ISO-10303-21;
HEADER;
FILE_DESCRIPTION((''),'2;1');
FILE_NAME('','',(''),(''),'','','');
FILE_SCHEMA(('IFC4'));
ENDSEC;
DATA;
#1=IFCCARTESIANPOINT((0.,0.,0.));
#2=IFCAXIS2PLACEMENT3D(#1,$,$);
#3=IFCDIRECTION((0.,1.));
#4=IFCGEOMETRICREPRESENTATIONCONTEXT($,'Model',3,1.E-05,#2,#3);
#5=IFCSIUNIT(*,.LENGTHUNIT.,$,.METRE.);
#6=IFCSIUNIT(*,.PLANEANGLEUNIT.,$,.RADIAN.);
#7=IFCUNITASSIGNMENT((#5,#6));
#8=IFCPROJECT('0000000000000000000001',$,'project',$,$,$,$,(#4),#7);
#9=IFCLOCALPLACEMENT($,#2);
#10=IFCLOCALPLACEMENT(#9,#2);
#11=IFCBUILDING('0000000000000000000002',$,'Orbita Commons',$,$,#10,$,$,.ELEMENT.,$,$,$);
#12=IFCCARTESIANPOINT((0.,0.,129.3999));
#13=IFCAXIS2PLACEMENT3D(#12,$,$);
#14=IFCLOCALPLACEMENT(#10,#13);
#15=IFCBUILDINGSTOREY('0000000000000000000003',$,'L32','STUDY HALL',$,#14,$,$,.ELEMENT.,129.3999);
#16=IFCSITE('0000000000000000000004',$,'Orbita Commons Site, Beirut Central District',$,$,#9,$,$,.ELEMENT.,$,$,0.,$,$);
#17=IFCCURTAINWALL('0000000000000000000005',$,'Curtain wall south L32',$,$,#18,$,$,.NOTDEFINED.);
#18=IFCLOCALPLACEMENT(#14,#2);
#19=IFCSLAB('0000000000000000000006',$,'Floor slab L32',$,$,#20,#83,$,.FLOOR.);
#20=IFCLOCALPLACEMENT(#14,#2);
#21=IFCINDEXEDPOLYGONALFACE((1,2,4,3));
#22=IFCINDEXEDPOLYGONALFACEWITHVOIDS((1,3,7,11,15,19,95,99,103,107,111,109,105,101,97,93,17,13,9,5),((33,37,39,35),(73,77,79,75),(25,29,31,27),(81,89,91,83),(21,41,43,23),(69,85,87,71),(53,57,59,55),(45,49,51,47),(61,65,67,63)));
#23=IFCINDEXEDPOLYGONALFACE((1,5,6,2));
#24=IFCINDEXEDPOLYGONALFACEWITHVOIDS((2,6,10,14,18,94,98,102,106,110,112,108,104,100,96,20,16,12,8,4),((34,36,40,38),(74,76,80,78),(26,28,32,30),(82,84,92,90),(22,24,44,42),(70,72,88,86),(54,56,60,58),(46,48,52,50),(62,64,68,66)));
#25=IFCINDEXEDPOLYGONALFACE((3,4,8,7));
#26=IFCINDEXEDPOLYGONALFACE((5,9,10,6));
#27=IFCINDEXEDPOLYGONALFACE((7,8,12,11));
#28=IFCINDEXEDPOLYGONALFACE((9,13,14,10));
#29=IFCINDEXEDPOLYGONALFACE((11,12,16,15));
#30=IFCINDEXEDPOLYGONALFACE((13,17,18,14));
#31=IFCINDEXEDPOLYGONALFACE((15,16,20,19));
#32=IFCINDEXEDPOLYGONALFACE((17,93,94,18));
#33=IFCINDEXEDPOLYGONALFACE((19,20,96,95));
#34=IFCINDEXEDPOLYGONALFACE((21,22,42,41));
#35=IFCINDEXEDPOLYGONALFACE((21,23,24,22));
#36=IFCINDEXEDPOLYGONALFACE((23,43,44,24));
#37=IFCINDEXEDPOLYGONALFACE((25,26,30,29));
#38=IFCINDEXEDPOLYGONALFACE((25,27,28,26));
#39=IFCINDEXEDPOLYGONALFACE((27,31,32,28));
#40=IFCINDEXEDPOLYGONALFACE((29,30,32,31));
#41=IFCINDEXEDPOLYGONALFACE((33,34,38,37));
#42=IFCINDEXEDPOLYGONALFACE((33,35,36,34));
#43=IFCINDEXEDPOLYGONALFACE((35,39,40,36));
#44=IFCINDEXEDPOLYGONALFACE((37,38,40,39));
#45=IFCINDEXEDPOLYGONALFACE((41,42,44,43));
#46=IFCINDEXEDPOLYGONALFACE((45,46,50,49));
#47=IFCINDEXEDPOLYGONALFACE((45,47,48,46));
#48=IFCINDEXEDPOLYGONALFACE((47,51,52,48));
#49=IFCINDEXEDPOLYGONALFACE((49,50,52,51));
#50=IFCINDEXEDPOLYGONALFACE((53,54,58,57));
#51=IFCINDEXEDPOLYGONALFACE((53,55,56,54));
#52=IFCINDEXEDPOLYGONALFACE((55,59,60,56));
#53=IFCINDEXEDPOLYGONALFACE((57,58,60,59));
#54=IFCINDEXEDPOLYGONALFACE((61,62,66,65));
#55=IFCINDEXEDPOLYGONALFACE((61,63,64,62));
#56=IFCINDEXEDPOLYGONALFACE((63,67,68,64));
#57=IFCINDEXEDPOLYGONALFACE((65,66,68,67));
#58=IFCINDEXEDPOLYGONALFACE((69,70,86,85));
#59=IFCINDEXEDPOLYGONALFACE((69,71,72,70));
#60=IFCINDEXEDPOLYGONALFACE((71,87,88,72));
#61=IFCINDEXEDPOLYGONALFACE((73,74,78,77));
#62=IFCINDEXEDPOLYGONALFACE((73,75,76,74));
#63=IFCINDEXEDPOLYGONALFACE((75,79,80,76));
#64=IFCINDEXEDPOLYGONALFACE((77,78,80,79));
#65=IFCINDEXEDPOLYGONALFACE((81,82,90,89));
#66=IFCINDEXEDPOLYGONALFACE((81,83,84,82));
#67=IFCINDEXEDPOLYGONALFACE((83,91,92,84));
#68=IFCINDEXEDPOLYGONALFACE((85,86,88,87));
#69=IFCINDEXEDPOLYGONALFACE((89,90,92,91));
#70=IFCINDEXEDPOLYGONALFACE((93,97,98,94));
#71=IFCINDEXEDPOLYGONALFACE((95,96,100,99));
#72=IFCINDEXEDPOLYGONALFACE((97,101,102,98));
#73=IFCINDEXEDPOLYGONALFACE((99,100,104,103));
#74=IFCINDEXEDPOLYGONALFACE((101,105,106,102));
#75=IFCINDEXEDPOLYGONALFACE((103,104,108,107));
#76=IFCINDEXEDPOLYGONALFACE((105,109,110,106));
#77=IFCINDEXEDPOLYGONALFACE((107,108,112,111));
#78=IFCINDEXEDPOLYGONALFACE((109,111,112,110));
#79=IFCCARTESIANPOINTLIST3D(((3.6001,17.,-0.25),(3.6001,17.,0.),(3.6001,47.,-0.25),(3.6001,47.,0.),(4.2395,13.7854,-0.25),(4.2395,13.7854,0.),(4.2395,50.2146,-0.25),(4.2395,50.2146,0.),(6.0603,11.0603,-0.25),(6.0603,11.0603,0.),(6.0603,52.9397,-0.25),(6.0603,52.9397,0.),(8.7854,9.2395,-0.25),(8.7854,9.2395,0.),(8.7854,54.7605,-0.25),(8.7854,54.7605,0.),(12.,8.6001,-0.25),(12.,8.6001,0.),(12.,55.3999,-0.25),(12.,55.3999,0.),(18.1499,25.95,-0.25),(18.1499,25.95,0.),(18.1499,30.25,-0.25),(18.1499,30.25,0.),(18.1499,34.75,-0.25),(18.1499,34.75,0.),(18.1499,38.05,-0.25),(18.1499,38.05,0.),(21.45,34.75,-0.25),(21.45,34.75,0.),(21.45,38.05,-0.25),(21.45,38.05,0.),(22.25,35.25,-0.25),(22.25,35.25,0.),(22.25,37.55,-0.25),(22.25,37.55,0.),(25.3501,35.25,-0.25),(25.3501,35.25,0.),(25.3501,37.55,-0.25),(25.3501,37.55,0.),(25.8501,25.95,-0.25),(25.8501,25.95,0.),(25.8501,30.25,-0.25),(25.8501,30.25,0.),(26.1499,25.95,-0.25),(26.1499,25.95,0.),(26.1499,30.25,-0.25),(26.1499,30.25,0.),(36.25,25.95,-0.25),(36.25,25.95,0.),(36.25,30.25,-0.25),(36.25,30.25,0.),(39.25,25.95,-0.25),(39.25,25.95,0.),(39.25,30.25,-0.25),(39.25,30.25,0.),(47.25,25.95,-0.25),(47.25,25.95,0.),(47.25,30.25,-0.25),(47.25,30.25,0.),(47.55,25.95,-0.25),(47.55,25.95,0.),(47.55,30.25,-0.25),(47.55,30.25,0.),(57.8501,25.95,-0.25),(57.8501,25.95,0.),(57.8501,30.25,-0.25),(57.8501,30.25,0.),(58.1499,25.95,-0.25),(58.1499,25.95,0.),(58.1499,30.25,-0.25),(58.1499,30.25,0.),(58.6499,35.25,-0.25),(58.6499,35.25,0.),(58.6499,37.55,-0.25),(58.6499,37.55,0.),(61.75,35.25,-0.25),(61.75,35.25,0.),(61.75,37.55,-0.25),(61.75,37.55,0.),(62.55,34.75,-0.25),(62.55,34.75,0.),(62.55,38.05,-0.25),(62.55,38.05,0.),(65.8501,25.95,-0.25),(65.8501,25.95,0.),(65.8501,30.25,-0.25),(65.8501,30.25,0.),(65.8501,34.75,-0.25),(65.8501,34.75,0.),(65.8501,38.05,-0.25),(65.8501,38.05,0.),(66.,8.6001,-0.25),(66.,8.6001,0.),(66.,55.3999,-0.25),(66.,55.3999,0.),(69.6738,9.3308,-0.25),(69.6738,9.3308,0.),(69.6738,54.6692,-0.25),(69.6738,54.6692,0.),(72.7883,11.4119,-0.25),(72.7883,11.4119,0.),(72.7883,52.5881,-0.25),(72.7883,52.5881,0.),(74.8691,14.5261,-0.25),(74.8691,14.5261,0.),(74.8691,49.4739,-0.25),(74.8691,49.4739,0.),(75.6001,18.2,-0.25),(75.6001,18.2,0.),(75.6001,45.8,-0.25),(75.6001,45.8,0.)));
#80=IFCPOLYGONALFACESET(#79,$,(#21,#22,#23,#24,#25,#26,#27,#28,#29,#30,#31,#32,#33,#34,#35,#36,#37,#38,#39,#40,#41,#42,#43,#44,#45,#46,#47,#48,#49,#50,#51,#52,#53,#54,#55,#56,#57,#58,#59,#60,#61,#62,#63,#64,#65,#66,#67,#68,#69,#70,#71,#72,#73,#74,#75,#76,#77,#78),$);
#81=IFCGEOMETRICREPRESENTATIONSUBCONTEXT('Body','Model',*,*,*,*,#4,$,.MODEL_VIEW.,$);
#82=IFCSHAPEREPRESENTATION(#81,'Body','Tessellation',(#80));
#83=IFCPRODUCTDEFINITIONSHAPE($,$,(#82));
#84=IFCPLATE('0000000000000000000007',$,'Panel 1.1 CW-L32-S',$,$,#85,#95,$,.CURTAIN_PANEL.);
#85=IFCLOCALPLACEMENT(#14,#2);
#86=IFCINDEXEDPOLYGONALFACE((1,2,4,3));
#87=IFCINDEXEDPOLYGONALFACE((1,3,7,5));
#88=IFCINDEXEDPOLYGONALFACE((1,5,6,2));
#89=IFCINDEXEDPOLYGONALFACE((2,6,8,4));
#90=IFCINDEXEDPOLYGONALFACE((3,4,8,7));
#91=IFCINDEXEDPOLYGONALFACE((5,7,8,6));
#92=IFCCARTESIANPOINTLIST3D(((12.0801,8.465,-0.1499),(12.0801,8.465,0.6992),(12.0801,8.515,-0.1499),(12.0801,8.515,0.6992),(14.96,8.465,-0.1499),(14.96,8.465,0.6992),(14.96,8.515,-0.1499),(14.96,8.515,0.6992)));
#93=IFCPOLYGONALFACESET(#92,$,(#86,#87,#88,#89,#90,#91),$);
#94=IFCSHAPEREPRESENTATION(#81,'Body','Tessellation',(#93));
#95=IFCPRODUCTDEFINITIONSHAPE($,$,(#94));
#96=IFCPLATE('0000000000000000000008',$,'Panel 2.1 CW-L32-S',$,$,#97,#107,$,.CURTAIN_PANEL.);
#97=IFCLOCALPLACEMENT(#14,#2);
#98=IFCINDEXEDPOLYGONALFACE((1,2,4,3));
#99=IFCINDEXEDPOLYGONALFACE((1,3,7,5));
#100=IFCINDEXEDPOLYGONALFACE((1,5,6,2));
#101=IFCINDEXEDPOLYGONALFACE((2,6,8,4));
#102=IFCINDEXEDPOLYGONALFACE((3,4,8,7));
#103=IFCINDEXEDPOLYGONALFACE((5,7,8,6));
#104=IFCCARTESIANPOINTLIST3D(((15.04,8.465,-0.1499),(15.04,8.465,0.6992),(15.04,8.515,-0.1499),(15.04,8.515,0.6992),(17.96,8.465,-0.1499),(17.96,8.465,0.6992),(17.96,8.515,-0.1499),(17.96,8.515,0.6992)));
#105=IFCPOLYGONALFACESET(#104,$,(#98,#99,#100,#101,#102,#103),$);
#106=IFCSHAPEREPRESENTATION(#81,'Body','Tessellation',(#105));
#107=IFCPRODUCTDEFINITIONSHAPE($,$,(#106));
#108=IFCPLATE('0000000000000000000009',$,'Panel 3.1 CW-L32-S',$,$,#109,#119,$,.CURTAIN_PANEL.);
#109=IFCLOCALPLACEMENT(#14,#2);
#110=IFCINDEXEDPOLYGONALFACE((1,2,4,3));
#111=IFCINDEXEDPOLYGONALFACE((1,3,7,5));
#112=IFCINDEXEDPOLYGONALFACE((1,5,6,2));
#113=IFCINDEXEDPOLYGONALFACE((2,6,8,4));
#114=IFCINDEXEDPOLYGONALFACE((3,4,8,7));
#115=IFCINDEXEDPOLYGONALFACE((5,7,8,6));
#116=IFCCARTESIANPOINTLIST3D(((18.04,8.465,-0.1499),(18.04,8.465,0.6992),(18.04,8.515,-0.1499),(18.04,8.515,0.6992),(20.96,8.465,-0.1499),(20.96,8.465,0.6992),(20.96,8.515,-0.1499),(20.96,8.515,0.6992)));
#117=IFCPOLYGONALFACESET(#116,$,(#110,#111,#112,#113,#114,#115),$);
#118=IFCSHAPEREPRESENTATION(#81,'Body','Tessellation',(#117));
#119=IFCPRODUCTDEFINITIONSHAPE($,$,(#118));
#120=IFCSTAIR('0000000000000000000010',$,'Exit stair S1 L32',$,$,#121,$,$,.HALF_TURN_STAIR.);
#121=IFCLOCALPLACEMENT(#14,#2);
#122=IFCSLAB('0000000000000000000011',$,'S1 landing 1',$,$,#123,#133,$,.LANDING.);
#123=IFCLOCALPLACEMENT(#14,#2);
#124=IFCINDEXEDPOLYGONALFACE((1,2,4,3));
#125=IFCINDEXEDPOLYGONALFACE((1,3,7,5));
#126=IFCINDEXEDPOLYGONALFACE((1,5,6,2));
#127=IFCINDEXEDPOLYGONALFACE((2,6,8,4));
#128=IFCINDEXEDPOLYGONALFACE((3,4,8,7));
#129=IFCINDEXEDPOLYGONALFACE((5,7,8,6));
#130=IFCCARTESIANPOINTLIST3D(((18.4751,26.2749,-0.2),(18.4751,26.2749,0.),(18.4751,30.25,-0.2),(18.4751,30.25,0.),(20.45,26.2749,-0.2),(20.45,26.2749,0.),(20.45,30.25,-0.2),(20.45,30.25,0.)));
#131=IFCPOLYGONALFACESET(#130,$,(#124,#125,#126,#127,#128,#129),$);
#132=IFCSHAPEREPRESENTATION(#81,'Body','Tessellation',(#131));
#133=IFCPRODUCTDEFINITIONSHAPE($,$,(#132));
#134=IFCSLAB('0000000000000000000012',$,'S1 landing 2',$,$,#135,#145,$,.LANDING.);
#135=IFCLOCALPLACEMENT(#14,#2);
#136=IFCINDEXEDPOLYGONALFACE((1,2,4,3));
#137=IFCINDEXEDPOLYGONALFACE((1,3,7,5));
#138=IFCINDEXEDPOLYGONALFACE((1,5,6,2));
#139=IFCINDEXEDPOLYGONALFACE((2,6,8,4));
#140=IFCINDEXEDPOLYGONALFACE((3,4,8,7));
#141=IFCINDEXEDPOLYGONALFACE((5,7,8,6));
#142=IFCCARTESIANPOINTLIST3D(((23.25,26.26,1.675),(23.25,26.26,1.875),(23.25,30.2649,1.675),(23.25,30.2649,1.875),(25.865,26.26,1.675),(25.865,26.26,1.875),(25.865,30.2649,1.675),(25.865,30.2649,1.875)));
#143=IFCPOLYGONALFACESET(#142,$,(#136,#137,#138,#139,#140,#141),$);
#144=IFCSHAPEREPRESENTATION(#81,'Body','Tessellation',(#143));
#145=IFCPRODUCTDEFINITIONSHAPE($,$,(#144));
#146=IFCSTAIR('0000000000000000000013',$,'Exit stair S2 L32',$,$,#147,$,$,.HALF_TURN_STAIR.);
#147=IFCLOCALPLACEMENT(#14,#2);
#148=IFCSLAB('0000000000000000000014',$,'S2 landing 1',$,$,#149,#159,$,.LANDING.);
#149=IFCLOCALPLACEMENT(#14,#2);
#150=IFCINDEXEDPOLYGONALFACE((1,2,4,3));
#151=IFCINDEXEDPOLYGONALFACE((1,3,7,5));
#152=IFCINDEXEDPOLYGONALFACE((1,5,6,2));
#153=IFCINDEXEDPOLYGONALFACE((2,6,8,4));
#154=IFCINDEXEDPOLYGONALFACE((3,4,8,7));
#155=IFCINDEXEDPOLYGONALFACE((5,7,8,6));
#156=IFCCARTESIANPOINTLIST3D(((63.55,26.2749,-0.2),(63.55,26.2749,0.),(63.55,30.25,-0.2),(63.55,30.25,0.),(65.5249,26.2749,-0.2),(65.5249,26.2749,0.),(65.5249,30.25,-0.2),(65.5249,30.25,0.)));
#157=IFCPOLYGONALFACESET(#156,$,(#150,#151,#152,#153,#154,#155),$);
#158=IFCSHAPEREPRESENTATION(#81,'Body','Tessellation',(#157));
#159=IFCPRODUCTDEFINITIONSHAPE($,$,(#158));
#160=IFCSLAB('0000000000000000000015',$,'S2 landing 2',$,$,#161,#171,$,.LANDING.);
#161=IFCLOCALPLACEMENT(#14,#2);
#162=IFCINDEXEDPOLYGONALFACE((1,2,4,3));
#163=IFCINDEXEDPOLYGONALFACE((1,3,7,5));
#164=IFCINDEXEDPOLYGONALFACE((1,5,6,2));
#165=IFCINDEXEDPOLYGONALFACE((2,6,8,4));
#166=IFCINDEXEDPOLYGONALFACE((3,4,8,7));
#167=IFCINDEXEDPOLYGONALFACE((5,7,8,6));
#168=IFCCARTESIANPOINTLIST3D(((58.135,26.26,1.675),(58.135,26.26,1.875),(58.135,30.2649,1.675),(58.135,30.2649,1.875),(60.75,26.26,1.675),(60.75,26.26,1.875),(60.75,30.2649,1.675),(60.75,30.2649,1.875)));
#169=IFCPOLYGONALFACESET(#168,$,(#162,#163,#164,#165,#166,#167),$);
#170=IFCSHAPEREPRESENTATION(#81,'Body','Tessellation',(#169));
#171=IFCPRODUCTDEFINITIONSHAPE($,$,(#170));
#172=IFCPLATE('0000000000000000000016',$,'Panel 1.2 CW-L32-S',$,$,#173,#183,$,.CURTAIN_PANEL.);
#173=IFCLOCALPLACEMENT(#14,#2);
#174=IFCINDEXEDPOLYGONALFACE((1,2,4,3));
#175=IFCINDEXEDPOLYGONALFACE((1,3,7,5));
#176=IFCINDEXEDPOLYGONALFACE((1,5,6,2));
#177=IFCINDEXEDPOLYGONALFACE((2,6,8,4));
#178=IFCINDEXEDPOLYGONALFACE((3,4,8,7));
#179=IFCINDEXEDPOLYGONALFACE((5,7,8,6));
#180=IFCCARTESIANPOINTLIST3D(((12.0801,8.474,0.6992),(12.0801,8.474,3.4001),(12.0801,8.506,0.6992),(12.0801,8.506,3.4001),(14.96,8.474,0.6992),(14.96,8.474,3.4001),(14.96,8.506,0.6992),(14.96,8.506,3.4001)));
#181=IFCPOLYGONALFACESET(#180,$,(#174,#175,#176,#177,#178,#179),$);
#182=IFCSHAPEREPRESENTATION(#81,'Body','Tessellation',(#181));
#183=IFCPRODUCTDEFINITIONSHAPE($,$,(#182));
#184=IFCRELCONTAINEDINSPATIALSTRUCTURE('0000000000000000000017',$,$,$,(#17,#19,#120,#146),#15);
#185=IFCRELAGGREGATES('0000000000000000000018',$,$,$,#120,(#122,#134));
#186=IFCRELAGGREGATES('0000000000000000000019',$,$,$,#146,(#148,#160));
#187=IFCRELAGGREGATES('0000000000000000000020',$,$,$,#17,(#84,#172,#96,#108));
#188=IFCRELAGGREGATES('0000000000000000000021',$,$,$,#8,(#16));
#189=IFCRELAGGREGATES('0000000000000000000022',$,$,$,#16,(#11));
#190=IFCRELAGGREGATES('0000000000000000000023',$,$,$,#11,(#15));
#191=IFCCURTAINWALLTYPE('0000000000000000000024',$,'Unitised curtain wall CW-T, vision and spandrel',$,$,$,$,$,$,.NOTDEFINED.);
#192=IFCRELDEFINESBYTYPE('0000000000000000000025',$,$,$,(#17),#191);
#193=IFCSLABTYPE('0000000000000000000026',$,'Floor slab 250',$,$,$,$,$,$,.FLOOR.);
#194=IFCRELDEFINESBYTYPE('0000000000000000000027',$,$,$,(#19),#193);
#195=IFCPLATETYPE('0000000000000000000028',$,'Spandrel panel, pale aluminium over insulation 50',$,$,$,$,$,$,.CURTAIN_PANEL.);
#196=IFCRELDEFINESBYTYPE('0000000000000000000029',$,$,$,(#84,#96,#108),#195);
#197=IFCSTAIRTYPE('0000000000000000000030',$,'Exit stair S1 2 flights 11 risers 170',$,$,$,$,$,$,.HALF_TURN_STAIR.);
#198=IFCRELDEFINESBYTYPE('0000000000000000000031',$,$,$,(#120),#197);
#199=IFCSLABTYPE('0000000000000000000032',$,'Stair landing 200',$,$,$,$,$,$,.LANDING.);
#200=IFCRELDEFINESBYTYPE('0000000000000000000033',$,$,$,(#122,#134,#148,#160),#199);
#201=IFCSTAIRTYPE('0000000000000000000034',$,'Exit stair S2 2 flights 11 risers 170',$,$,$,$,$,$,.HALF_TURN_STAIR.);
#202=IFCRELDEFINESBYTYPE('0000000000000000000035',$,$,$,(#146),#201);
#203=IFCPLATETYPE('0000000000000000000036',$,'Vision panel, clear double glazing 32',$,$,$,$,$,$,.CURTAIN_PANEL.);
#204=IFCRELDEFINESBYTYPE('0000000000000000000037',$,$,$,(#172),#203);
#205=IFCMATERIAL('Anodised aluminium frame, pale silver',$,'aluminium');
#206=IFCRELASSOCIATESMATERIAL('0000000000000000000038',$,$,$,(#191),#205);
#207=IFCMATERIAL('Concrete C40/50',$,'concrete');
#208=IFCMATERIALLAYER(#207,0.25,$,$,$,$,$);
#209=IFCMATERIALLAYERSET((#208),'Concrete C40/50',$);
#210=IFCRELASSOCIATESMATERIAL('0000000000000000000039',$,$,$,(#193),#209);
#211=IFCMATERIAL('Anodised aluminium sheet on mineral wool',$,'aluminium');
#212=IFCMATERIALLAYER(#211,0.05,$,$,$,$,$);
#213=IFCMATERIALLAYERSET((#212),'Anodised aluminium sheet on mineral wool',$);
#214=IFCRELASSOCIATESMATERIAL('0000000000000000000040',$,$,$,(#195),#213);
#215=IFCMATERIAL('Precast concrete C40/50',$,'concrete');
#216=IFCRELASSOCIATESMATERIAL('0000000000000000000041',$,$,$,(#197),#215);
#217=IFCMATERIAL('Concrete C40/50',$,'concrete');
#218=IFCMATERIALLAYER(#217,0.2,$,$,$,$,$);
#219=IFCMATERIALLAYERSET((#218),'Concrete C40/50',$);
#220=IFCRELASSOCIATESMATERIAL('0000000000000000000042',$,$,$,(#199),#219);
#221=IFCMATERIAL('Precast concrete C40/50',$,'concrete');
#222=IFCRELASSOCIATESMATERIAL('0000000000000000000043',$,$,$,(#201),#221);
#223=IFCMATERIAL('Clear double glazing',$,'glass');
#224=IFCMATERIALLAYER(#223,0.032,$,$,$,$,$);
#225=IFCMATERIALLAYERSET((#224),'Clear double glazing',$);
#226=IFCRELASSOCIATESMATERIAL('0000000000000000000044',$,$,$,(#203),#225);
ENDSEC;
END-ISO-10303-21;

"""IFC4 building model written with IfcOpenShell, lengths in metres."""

from ifc_helpers import new_model, si_unit, direction, frame, origin, origin_2d, place, context, subcontext, project, spatial, polyline, rectangle, outline, extrude, material, layer, layer_set, type_object, element, aggregate, save


model = new_model("IFC4")

# Units and contexts
model_context = context("Model", 3, precision=1e-05, world=origin(), true_north=direction((0.0, 1.0)))
body_context = subcontext(model_context, "Body", "Model", "MODEL_VIEW")
ifc_project = project(units=[si_unit("LENGTHUNIT", "METRE"), si_unit("PLANEANGLEUNIT", "RADIAN")], contexts=[model_context])

# Site, building, storey
site_placement = place(None, origin())
site = spatial("IfcSite", under=ifc_project, at=site_placement, Name="Orbita Commons Site, Beirut Central District", CompositionType="ELEMENT", RefElevation=0.0)
building_placement = place(site_placement, origin())
building = spatial("IfcBuilding", under=site, at=building_placement, Name="Orbita Commons", CompositionType="ELEMENT")
storey_placement = place(building_placement, frame((0.0, 0.0, 129.3999)))
storey = spatial("IfcBuildingStorey", under=building, at=storey_placement, Name="L32", Description="STUDY HALL", CompositionType="ELEMENT", Elevation=129.3999)

# Curtain wall
ifc_material_1 = material(Name="Anodised aluminium frame, pale silver", Category="aluminium")
curtain_wall_type = type_object("IfcCurtainWallType", Name="Unitised curtain wall CW-T, vision and spandrel", PredefinedType="NOTDEFINED", material=ifc_material_1)
curtain_wall_placement = place(storey_placement, origin())
curtain_wall = element("IfcCurtainWall", 1, at=curtain_wall_placement, inside=storey, type_object=curtain_wall_type, Name="Curtain wall south L32", PredefinedType="NOTDEFINED")

# Slab
ifc_material_2 = material(Name="Concrete C40/50", Category="concrete")
ifc_layer_1 = layer(ifc_material_2, 0.25)
ifc_layer_set_1 = layer_set([ifc_layer_1], Name="Concrete C40/50")
slab_type_1 = type_object("IfcSlabType", Name="Floor slab 250", PredefinedType="FLOOR", material=ifc_layer_set_1)
slab_1_placement = place(storey_placement, frame((0.0, 0.0, -0.25)))
element("IfcSlab", 2, at=slab_1_placement, inside=storey, type_object=slab_type_1, Name="Floor slab L32", PredefinedType="FLOOR", context=body_context, shape_type="SweptSolid", body=[
    extrude(outline(polyline([(66.0, 8.6001), (69.6738, 9.3308), (72.7883, 11.4119), (74.8691, 14.5261), (75.6001, 18.2), (75.6001, 45.8), (74.8691, 49.4739), (72.7883, 52.5881), (69.6738, 54.6692), (66.0, 55.3999), (12.0, 55.3999), (8.7854, 54.7605), (6.0603, 52.9397), (4.2395, 50.2146), (3.6001, 47.0), (3.6001, 17.0), (4.2395, 13.7854), (6.0603, 11.0603), (8.7854, 9.2395), (12.0, 8.6001), (66.0, 8.6001)]), holes=[polyline([(18.1499, 25.95), (25.8501, 25.95), (25.8501, 30.25), (18.1499, 30.25), (18.1499, 25.95)]), polyline([(58.1499, 25.95), (65.8501, 25.95), (65.8501, 30.25), (58.1499, 30.25), (58.1499, 25.95)]), polyline([(18.1499, 34.75), (21.45, 34.75), (21.45, 38.05), (18.1499, 38.05), (18.1499, 34.75)]), polyline([(62.55, 34.75), (65.8501, 34.75), (65.8501, 38.05), (62.55, 38.05), (62.55, 34.75)]), polyline([(22.25, 35.25), (25.3501, 35.25), (25.3501, 37.55), (22.25, 37.55), (22.25, 35.25)]), polyline([(58.6499, 35.25), (61.75, 35.25), (61.75, 37.55), (58.6499, 37.55), (58.6499, 35.25)]), polyline([(26.1499, 25.95), (36.25, 25.95), (36.25, 30.25), (26.1499, 30.25), (26.1499, 25.95)]), polyline([(39.25, 25.95), (47.25, 25.95), (47.25, 30.25), (39.25, 30.25), (39.25, 25.95)]), polyline([(47.55, 25.95), (57.8501, 25.95), (57.8501, 30.25), (47.55, 30.25), (47.55, 25.95)])]), origin(), (0.0, 0.0, 1.0), 0.25),
])

# Plates
ifc_material_3 = material(Name="Anodised aluminium sheet on mineral wool", Category="aluminium")
ifc_layer_2 = layer(ifc_material_3, 0.05)
ifc_layer_set_2 = layer_set([ifc_layer_2], Name="Anodised aluminium sheet on mineral wool")
plate_type_1 = type_object("IfcPlateType", Name="Spandrel panel, pale aluminium over insulation 50", PredefinedType="CURTAIN_PANEL", material=ifc_layer_set_2)
plate_1_placement = place(storey_placement, frame((13.52, 8.49, -0.1499), z_axis=(0.0, 0.0, 1.0), x_axis=(1.0, 0.0, 0.0)))
plate_1 = element("IfcPlate", 3, at=plate_1_placement, type_object=plate_type_1, Name="Panel 1.1 CW-L32-S", PredefinedType="CURTAIN_PANEL", context=body_context, shape_type="SweptSolid", body=[
    extrude(rectangle(XDim=2.8799, YDim=0.05, at=origin_2d()), origin(), (0.0, 0.0, 1.0), 0.8491),
])
plate_2_placement = place(storey_placement, frame((16.5, 8.49, -0.1499), z_axis=(0.0, 0.0, 1.0), x_axis=(1.0, 0.0, 0.0)))
plate_2 = element("IfcPlate", 4, at=plate_2_placement, type_object=plate_type_1, Name="Panel 2.1 CW-L32-S", PredefinedType="CURTAIN_PANEL", context=body_context, shape_type="SweptSolid", body=[
    extrude(rectangle(XDim=2.9199, YDim=0.05, at=origin_2d()), origin(), (0.0, 0.0, 1.0), 0.8491),
])
plate_3_placement = place(storey_placement, frame((19.5, 8.49, -0.1499), z_axis=(0.0, 0.0, 1.0), x_axis=(1.0, 0.0, 0.0)))
plate_3 = element("IfcPlate", 5, at=plate_3_placement, type_object=plate_type_1, Name="Panel 3.1 CW-L32-S", PredefinedType="CURTAIN_PANEL", context=body_context, shape_type="SweptSolid", body=[
    extrude(rectangle(XDim=2.9199, YDim=0.05, at=origin_2d()), origin(), (0.0, 0.0, 1.0), 0.8491),
])

# Stairs, slabs
ifc_material_4 = material(Name="Precast concrete C40/50", Category="concrete")
stair_type_1 = type_object("IfcStairType", Name="Exit stair S1 2 flights 11 risers 170", PredefinedType="HALF_TURN_STAIR", material=ifc_material_4)
stair_1_placement = place(storey_placement, origin())
stair_1 = element("IfcStair", 6, at=stair_1_placement, inside=storey, type_object=stair_type_1, Name="Exit stair S1 L32", PredefinedType="HALF_TURN_STAIR")
ifc_material_5 = material(Name="Concrete C40/50", Category="concrete")
ifc_layer_3 = layer(ifc_material_5, 0.2)
ifc_layer_set_3 = layer_set([ifc_layer_3], Name="Concrete C40/50")
slab_type_2 = type_object("IfcSlabType", Name="Stair landing 200", PredefinedType="LANDING", material=ifc_layer_set_3)
slab_2_placement = place(storey_placement, frame((0.0, 0.0, -0.2)))
slab_2 = element("IfcSlab", 7, at=slab_2_placement, type_object=slab_type_2, Name="S1 landing 1", PredefinedType="LANDING", context=body_context, shape_type="SweptSolid", body=[
    extrude(outline(polyline([(18.4751, 26.2749), (20.45, 26.2749), (20.45, 30.25), (18.4751, 30.25), (18.4751, 26.2749)])), origin(), (0.0, 0.0, 1.0), 0.2),
])
slab_3_placement = place(storey_placement, frame((0.0, 0.0, 1.675)))
slab_3 = element("IfcSlab", 8, at=slab_3_placement, type_object=slab_type_2, Name="S1 landing 2", PredefinedType="LANDING", context=body_context, shape_type="SweptSolid", body=[
    extrude(outline(polyline([(23.25, 26.26), (25.865, 26.26), (25.865, 30.2649), (23.25, 30.2649), (23.25, 26.26)])), origin(), (0.0, 0.0, 1.0), 0.2),
])
aggregate(stair_1, [slab_2, slab_3])
ifc_material_6 = material(Name="Precast concrete C40/50", Category="concrete")
stair_type_2 = type_object("IfcStairType", Name="Exit stair S2 2 flights 11 risers 170", PredefinedType="HALF_TURN_STAIR", material=ifc_material_6)
stair_2_placement = place(storey_placement, origin())
stair_2 = element("IfcStair", 9, at=stair_2_placement, inside=storey, type_object=stair_type_2, Name="Exit stair S2 L32", PredefinedType="HALF_TURN_STAIR")
slab_4_placement = place(storey_placement, frame((0.0, 0.0, -0.2)))
slab_4 = element("IfcSlab", 10, at=slab_4_placement, type_object=slab_type_2, Name="S2 landing 1", PredefinedType="LANDING", context=body_context, shape_type="SweptSolid", body=[
    extrude(outline(polyline([(63.55, 26.2749), (65.5249, 26.2749), (65.5249, 30.25), (63.55, 30.25), (63.55, 26.2749)])), origin(), (0.0, 0.0, 1.0), 0.2),
])
slab_5_placement = place(storey_placement, frame((0.0, 0.0, 1.675)))
slab_5 = element("IfcSlab", 11, at=slab_5_placement, type_object=slab_type_2, Name="S2 landing 2", PredefinedType="LANDING", context=body_context, shape_type="SweptSolid", body=[
    extrude(outline(polyline([(58.135, 26.26), (60.75, 26.26), (60.75, 30.2649), (58.135, 30.2649), (58.135, 26.26)])), origin(), (0.0, 0.0, 1.0), 0.2),
])
aggregate(stair_2, [slab_4, slab_5])

# Plate
ifc_material_7 = material(Name="Clear double glazing", Category="glass")
ifc_layer_4 = layer(ifc_material_7, 0.032)
ifc_layer_set_4 = layer_set([ifc_layer_4], Name="Clear double glazing")
plate_type_2 = type_object("IfcPlateType", Name="Vision panel, clear double glazing 32", PredefinedType="CURTAIN_PANEL", material=ifc_layer_set_4)
plate_4_placement = place(storey_placement, frame((13.52, 8.49, 0.6992), z_axis=(0.0, 0.0, 1.0), x_axis=(1.0, 0.0, 0.0)))
plate_4 = element("IfcPlate", 12, at=plate_4_placement, type_object=plate_type_2, Name="Panel 1.2 CW-L32-S", PredefinedType="CURTAIN_PANEL", context=body_context, shape_type="SweptSolid", body=[
    extrude(rectangle(XDim=2.8799, YDim=0.032, at=origin_2d()), origin(), (0.0, 0.0, 1.0), 2.7009),
])
aggregate(curtain_wall, [plate_1, plate_4, plate_2, plate_3])

save(model, "model.ifc")
